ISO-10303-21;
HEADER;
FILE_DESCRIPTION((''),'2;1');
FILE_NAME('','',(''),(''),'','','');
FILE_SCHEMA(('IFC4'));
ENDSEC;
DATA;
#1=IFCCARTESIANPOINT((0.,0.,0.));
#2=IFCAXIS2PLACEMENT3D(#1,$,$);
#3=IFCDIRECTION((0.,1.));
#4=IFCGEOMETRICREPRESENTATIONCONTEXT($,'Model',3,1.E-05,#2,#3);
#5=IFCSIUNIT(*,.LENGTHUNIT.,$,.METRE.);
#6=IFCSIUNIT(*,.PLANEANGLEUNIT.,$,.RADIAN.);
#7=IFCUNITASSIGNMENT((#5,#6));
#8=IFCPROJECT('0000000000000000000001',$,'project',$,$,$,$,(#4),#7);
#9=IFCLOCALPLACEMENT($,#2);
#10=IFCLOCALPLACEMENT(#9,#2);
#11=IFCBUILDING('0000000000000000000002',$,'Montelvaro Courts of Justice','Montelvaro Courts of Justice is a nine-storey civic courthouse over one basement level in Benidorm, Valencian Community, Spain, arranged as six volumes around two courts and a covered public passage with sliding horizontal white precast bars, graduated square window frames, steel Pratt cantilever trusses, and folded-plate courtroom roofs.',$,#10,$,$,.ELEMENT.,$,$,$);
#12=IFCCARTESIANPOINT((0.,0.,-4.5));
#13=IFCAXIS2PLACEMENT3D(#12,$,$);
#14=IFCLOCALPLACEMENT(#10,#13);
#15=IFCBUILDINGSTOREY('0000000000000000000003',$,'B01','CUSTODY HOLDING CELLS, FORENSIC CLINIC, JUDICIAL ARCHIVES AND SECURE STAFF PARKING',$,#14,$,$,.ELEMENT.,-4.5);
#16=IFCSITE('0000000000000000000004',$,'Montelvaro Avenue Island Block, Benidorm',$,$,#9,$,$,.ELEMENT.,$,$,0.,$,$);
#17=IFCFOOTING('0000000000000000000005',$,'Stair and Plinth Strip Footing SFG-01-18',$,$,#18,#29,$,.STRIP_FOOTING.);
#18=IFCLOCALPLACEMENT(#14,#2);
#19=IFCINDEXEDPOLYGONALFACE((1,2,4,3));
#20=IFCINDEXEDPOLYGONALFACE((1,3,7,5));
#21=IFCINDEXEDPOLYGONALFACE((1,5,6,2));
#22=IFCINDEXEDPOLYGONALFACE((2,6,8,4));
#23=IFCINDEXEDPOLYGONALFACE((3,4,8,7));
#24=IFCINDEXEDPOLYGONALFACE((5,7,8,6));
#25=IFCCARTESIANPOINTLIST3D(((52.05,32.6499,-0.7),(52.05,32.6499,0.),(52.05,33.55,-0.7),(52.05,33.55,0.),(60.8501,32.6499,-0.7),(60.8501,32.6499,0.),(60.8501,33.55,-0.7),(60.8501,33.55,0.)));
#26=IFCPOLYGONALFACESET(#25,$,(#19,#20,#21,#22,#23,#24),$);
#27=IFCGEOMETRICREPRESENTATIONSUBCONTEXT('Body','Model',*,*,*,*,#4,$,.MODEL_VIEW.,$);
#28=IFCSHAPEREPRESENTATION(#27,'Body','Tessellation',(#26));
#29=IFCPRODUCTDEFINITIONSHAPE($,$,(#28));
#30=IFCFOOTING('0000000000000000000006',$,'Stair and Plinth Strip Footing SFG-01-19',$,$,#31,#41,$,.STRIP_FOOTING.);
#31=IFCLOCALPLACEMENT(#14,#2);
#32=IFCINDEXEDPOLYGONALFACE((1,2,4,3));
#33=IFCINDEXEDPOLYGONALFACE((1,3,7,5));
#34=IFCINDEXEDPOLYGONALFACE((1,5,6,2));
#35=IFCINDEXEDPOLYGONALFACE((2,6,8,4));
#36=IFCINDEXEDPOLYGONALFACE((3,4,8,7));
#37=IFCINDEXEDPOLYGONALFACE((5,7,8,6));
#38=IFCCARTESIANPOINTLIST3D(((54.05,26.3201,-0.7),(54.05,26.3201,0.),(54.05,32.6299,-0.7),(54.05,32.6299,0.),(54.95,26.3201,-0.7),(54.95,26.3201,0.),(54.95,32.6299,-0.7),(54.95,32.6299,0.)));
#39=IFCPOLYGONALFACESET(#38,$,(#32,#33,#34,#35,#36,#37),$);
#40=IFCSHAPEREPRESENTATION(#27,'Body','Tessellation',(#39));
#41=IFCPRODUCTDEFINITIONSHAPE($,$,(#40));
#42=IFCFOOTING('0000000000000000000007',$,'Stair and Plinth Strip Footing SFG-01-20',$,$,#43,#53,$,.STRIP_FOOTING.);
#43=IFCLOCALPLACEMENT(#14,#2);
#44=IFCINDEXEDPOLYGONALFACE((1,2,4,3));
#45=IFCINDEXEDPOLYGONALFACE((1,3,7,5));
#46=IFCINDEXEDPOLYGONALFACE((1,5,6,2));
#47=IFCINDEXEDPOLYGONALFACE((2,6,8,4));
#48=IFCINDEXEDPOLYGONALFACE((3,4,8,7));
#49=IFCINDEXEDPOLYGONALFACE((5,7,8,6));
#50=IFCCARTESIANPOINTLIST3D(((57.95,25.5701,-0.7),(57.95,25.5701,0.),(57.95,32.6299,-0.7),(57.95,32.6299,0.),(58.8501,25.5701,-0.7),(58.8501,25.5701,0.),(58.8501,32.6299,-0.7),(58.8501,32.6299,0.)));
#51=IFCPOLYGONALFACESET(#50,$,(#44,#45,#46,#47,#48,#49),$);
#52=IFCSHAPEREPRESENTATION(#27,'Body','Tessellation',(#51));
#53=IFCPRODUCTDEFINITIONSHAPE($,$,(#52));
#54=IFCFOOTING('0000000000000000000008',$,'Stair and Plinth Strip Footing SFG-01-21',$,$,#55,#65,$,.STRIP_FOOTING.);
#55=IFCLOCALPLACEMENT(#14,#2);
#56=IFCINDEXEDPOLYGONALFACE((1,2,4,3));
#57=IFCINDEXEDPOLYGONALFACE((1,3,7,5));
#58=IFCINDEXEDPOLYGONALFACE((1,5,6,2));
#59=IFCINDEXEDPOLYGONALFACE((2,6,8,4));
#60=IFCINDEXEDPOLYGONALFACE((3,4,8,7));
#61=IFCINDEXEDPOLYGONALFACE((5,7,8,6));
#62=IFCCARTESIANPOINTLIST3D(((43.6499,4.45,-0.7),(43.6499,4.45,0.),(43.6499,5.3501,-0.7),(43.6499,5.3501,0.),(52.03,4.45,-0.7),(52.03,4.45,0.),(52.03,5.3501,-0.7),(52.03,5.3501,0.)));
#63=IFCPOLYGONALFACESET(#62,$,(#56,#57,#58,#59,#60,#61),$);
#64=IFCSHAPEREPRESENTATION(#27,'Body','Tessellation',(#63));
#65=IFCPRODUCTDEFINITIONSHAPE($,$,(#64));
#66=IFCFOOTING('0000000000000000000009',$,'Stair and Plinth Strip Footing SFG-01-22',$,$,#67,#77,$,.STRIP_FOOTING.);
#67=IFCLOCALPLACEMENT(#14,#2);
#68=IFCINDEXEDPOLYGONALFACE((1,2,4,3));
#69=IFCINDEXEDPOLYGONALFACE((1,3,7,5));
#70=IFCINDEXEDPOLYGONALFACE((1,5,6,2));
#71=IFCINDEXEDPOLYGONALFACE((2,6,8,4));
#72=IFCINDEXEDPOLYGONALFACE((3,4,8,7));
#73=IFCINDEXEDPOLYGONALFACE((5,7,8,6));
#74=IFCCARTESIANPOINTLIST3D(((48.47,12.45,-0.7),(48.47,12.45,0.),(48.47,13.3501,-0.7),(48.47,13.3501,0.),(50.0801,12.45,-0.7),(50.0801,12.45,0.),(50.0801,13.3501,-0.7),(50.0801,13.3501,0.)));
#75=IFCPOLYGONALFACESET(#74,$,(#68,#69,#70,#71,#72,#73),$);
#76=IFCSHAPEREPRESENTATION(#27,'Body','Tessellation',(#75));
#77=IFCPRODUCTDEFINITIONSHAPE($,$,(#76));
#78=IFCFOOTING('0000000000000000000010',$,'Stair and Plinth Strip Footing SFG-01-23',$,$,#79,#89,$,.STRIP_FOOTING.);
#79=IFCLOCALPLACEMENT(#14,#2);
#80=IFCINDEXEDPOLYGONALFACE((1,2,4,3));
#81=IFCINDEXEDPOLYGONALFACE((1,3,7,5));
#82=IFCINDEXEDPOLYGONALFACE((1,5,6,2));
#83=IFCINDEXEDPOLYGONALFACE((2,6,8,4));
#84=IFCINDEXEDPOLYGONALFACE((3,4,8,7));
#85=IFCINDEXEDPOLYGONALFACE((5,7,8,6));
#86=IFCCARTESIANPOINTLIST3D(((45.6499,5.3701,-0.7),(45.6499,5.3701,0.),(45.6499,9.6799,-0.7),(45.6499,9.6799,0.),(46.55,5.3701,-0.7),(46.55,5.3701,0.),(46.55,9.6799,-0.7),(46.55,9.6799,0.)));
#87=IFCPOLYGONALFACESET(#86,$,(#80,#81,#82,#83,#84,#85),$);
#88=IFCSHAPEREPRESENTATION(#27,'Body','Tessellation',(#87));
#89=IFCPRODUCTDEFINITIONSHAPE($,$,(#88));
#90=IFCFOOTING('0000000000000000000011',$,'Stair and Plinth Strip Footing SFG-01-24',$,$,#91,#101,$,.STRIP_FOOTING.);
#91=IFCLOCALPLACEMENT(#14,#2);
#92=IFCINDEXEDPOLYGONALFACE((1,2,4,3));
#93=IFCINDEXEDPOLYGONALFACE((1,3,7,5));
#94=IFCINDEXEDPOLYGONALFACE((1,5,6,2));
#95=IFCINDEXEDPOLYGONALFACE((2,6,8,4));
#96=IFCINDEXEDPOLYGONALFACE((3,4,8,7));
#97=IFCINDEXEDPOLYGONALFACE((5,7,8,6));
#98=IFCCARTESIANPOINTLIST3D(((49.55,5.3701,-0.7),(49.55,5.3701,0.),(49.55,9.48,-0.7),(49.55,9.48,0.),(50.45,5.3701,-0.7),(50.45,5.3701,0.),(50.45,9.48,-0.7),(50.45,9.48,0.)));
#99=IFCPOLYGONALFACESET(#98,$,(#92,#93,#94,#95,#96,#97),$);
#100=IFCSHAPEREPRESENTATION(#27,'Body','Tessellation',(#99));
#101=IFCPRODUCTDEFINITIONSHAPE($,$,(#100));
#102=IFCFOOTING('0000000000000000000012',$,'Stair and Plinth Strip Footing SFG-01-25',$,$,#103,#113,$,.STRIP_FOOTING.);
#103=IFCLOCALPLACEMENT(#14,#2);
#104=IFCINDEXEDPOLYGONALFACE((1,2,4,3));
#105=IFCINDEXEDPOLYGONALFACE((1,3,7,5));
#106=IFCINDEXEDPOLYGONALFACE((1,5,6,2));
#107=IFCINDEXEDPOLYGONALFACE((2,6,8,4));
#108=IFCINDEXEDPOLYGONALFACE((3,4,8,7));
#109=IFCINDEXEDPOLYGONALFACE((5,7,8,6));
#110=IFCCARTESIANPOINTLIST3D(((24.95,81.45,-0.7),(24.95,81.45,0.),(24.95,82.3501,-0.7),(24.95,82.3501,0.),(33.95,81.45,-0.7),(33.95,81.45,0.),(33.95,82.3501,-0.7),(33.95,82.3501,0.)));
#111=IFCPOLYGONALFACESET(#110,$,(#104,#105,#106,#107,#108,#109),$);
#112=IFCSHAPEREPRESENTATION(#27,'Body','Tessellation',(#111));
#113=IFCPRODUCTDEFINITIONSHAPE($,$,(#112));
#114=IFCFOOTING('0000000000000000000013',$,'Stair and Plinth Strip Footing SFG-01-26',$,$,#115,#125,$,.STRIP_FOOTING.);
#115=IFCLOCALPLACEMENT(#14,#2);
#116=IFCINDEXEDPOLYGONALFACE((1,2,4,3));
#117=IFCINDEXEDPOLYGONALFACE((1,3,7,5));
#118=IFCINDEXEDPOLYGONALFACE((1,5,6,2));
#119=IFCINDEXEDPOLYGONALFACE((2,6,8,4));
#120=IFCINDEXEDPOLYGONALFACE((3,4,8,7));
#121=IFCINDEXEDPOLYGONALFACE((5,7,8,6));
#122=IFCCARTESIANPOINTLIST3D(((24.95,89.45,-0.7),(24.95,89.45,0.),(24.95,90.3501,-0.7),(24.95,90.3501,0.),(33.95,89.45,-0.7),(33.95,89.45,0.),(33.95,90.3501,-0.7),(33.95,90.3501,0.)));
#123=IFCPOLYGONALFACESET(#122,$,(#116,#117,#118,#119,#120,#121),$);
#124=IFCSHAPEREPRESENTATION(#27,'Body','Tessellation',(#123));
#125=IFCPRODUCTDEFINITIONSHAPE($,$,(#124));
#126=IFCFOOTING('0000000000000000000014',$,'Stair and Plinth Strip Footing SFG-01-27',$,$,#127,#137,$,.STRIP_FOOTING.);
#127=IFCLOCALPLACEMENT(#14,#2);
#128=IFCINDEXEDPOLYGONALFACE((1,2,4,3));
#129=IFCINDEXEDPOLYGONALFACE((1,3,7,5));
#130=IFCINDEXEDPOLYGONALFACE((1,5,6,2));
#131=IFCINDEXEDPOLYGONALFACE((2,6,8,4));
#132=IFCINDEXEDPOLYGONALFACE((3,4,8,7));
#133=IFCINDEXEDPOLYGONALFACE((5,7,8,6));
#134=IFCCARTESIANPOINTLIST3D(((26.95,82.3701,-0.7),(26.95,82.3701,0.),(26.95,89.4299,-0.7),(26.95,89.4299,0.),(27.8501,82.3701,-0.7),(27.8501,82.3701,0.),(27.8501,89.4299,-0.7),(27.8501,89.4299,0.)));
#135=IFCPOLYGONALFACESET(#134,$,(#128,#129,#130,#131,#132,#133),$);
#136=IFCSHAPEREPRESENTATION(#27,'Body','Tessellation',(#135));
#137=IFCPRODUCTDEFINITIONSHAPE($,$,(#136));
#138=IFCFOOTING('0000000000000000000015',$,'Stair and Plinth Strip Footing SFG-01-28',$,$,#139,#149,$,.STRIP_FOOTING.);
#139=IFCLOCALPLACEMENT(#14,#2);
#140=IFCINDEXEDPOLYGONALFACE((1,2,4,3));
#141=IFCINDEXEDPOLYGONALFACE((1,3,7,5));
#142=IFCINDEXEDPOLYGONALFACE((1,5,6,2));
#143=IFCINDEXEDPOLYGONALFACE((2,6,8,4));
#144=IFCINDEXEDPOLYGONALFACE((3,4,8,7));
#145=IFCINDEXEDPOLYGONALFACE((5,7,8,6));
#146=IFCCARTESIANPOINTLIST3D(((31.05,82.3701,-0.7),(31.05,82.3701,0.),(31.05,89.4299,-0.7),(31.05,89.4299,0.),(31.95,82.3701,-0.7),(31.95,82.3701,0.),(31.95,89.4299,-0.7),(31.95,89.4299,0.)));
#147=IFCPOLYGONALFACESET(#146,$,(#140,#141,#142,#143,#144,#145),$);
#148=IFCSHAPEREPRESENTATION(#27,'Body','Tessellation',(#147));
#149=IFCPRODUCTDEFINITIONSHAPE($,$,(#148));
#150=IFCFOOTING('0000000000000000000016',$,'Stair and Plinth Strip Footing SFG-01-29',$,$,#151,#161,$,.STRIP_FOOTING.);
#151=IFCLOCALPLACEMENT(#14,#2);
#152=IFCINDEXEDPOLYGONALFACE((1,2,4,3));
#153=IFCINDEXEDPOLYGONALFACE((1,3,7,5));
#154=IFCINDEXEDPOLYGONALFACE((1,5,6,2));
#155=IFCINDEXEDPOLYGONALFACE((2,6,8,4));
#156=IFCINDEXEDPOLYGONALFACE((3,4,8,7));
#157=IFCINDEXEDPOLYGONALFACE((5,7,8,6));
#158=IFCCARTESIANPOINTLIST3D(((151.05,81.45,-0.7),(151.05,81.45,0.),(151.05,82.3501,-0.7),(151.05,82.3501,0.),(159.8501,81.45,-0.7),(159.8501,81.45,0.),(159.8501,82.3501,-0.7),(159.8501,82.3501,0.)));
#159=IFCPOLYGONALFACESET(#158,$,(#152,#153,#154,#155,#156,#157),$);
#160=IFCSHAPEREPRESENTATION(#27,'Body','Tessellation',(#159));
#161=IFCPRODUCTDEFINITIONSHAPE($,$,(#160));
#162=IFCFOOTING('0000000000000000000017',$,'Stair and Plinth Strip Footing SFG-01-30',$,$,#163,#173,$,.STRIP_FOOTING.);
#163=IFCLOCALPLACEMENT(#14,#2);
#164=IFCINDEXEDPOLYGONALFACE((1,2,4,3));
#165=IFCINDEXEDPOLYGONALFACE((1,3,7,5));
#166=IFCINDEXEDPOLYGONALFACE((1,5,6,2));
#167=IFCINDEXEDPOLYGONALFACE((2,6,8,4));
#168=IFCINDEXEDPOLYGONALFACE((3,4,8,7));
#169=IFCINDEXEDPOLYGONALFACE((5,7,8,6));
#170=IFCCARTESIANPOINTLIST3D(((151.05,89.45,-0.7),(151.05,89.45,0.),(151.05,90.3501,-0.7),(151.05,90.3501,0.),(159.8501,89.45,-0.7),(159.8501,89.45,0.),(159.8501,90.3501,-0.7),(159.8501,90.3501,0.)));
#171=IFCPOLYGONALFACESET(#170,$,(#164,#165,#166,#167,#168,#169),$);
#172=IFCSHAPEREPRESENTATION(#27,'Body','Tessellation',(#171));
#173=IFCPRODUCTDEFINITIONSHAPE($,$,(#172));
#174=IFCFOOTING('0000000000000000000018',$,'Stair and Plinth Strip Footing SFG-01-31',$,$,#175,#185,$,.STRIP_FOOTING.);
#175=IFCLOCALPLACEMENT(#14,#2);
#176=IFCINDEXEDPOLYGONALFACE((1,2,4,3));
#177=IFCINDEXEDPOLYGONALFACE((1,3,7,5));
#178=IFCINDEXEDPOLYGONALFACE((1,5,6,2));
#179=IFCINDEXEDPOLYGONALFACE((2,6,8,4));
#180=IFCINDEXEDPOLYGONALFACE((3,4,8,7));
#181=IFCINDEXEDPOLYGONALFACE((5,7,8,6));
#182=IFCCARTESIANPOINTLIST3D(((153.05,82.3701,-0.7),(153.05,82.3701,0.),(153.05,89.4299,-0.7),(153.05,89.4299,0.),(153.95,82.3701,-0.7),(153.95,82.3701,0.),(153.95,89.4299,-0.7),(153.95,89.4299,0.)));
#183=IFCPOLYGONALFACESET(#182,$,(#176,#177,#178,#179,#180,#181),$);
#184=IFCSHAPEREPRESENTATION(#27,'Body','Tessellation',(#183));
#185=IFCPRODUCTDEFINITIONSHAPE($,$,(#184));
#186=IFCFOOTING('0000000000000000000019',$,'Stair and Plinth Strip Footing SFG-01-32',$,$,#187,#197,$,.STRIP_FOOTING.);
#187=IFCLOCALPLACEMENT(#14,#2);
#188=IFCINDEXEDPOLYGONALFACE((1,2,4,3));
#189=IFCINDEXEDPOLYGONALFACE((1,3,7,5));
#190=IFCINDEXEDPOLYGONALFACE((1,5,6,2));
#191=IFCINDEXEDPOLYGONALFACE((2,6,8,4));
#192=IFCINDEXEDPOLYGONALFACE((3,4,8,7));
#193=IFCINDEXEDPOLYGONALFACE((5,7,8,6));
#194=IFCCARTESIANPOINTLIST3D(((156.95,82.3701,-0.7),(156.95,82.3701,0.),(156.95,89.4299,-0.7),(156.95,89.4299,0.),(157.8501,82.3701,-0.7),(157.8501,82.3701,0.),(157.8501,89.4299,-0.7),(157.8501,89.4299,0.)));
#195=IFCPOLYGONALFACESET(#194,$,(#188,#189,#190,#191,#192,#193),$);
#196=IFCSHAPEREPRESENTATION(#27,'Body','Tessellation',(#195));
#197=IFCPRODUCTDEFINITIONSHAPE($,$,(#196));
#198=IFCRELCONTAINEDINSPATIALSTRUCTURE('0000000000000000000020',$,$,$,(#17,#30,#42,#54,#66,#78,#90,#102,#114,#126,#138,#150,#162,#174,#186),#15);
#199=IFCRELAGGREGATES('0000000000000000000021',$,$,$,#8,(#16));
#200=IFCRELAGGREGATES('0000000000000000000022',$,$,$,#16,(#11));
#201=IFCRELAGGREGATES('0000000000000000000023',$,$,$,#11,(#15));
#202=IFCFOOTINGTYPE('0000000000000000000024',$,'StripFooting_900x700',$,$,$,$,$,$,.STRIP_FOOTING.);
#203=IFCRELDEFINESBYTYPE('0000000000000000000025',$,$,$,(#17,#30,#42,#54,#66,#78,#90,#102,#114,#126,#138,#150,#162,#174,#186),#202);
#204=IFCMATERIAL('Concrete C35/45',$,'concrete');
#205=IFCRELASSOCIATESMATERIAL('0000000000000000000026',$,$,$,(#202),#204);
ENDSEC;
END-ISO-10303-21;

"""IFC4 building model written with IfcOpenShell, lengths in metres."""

from ifc_helpers import new_model, si_unit, direction, frame, origin, place, context, subcontext, project, spatial, polyline, outline, extrude, material, type_object, element, save


model = new_model("IFC4")

# Units and contexts
model_context = context("Model", 3, precision=1e-05, world=origin(), true_north=direction((0.0, 1.0)))
body_context = subcontext(model_context, "Body", "Model", "MODEL_VIEW")
ifc_project = project(units=[si_unit("LENGTHUNIT", "METRE"), si_unit("PLANEANGLEUNIT", "RADIAN")], contexts=[model_context])

# Site, building, storey
site_placement = place(None, origin())
site = spatial("IfcSite", under=ifc_project, at=site_placement, Name="Montelvaro Avenue Island Block, Benidorm", CompositionType="ELEMENT", RefElevation=0.0)
building_placement = place(site_placement, origin())
building = spatial("IfcBuilding", under=site, at=building_placement, Name="Montelvaro Courts of Justice", Description="Montelvaro Courts of Justice is a nine-storey civic courthouse over one basement level in Benidorm, Valencian Community, Spain, arranged as six volumes around two courts and a covered public passage with sliding horizontal white precast bars, graduated square window frames, steel Pratt cantilever trusses, and folded-plate courtroom roofs.", CompositionType="ELEMENT")
storey_placement = place(building_placement, frame((0.0, 0.0, -4.5)))
storey = spatial("IfcBuildingStorey", under=building, at=storey_placement, Name="B01", Description="CUSTODY HOLDING CELLS, FORENSIC CLINIC, JUDICIAL ARCHIVES AND SECURE STAFF PARKING", CompositionType="ELEMENT", Elevation=-4.5)

# Footings
ifc_material_1 = material(Name="Concrete C35/45", Category="concrete")
footing_type = type_object("IfcFootingType", Name="StripFooting_900x700", PredefinedType="STRIP_FOOTING", material=ifc_material_1)
footing_1_placement = place(storey_placement, frame((0.0, 0.0, -0.7)))
element("IfcFooting", 1, at=footing_1_placement, inside=storey, type_object=footing_type, Name="Stair and Plinth Strip Footing SFG-01-18", PredefinedType="STRIP_FOOTING", context=body_context, shape_type="SweptSolid", body=[
    extrude(outline(polyline([(52.05, 32.6499), (60.8501, 32.6499), (60.8501, 33.55), (52.05, 33.55), (52.05, 32.6499)])), origin(), (0.0, 0.0, 1.0), 0.7),
])
footing_2_placement = place(storey_placement, frame((0.0, 0.0, -0.7)))
element("IfcFooting", 2, at=footing_2_placement, inside=storey, type_object=footing_type, Name="Stair and Plinth Strip Footing SFG-01-19", PredefinedType="STRIP_FOOTING", context=body_context, shape_type="SweptSolid", body=[
    extrude(outline(polyline([(54.05, 26.3201), (54.95, 26.3201), (54.95, 32.6299), (54.05, 32.6299), (54.05, 26.3201)])), origin(), (0.0, 0.0, 1.0), 0.7),
])
footing_3_placement = place(storey_placement, frame((0.0, 0.0, -0.7)))
element("IfcFooting", 3, at=footing_3_placement, inside=storey, type_object=footing_type, Name="Stair and Plinth Strip Footing SFG-01-20", PredefinedType="STRIP_FOOTING", context=body_context, shape_type="SweptSolid", body=[
    extrude(outline(polyline([(57.95, 25.5701), (58.8501, 25.5701), (58.8501, 32.6299), (57.95, 32.6299), (57.95, 25.5701)])), origin(), (0.0, 0.0, 1.0), 0.7),
])
footing_4_placement = place(storey_placement, frame((0.0, 0.0, -0.7)))
element("IfcFooting", 4, at=footing_4_placement, inside=storey, type_object=footing_type, Name="Stair and Plinth Strip Footing SFG-01-21", PredefinedType="STRIP_FOOTING", context=body_context, shape_type="SweptSolid", body=[
    extrude(outline(polyline([(43.6499, 4.45), (52.03, 4.45), (52.03, 5.3501), (43.6499, 5.3501), (43.6499, 4.45)])), origin(), (0.0, 0.0, 1.0), 0.7),
])
footing_5_placement = place(storey_placement, frame((0.0, 0.0, -0.7)))
element("IfcFooting", 5, at=footing_5_placement, inside=storey, type_object=footing_type, Name="Stair and Plinth Strip Footing SFG-01-22", PredefinedType="STRIP_FOOTING", context=body_context, shape_type="SweptSolid", body=[
    extrude(outline(polyline([(48.47, 12.45), (50.0801, 12.45), (50.0801, 13.3501), (48.47, 13.3501), (48.47, 12.45)])), origin(), (0.0, 0.0, 1.0), 0.7),
])
footing_6_placement = place(storey_placement, frame((0.0, 0.0, -0.7)))
element("IfcFooting", 6, at=footing_6_placement, inside=storey, type_object=footing_type, Name="Stair and Plinth Strip Footing SFG-01-23", PredefinedType="STRIP_FOOTING", context=body_context, shape_type="SweptSolid", body=[
    extrude(outline(polyline([(45.6499, 5.3701), (46.55, 5.3701), (46.55, 9.6799), (45.6499, 9.6799), (45.6499, 5.3701)])), origin(), (0.0, 0.0, 1.0), 0.7),
])
footing_7_placement = place(storey_placement, frame((0.0, 0.0, -0.7)))
element("IfcFooting", 7, at=footing_7_placement, inside=storey, type_object=footing_type, Name="Stair and Plinth Strip Footing SFG-01-24", PredefinedType="STRIP_FOOTING", context=body_context, shape_type="SweptSolid", body=[
    extrude(outline(polyline([(49.55, 5.3701), (50.45, 5.3701), (50.45, 9.48), (49.55, 9.48), (49.55, 5.3701)])), origin(), (0.0, 0.0, 1.0), 0.7),
])
footing_8_placement = place(storey_placement, frame((0.0, 0.0, -0.7)))
element("IfcFooting", 8, at=footing_8_placement, inside=storey, type_object=footing_type, Name="Stair and Plinth Strip Footing SFG-01-25", PredefinedType="STRIP_FOOTING", context=body_context, shape_type="SweptSolid", body=[
    extrude(outline(polyline([(24.95, 81.45), (33.95, 81.45), (33.95, 82.3501), (24.95, 82.3501), (24.95, 81.45)])), origin(), (0.0, 0.0, 1.0), 0.7),
])
footing_9_placement = place(storey_placement, frame((0.0, 0.0, -0.7)))
element("IfcFooting", 9, at=footing_9_placement, inside=storey, type_object=footing_type, Name="Stair and Plinth Strip Footing SFG-01-26", PredefinedType="STRIP_FOOTING", context=body_context, shape_type="SweptSolid", body=[
    extrude(outline(polyline([(24.95, 89.45), (33.95, 89.45), (33.95, 90.3501), (24.95, 90.3501), (24.95, 89.45)])), origin(), (0.0, 0.0, 1.0), 0.7),
])
footing_10_placement = place(storey_placement, frame((0.0, 0.0, -0.7)))
element("IfcFooting", 10, at=footing_10_placement, inside=storey, type_object=footing_type, Name="Stair and Plinth Strip Footing SFG-01-27", PredefinedType="STRIP_FOOTING", context=body_context, shape_type="SweptSolid", body=[
    extrude(outline(polyline([(26.95, 82.3701), (27.8501, 82.3701), (27.8501, 89.4299), (26.95, 89.4299), (26.95, 82.3701)])), origin(), (0.0, 0.0, 1.0), 0.7),
])
footing_11_placement = place(storey_placement, frame((0.0, 0.0, -0.7)))
element("IfcFooting", 11, at=footing_11_placement, inside=storey, type_object=footing_type, Name="Stair and Plinth Strip Footing SFG-01-28", PredefinedType="STRIP_FOOTING", context=body_context, shape_type="SweptSolid", body=[
    extrude(outline(polyline([(31.05, 82.3701), (31.95, 82.3701), (31.95, 89.4299), (31.05, 89.4299), (31.05, 82.3701)])), origin(), (0.0, 0.0, 1.0), 0.7),
])
footing_12_placement = place(storey_placement, frame((0.0, 0.0, -0.7)))
element("IfcFooting", 12, at=footing_12_placement, inside=storey, type_object=footing_type, Name="Stair and Plinth Strip Footing SFG-01-29", PredefinedType="STRIP_FOOTING", context=body_context, shape_type="SweptSolid", body=[
    extrude(outline(polyline([(151.05, 81.45), (159.8501, 81.45), (159.8501, 82.3501), (151.05, 82.3501), (151.05, 81.45)])), origin(), (0.0, 0.0, 1.0), 0.7),
])
footing_13_placement = place(storey_placement, frame((0.0, 0.0, -0.7)))
element("IfcFooting", 13, at=footing_13_placement, inside=storey, type_object=footing_type, Name="Stair and Plinth Strip Footing SFG-01-30", PredefinedType="STRIP_FOOTING", context=body_context, shape_type="SweptSolid", body=[
    extrude(outline(polyline([(151.05, 89.45), (159.8501, 89.45), (159.8501, 90.3501), (151.05, 90.3501), (151.05, 89.45)])), origin(), (0.0, 0.0, 1.0), 0.7),
])
footing_14_placement = place(storey_placement, frame((0.0, 0.0, -0.7)))
element("IfcFooting", 14, at=footing_14_placement, inside=storey, type_object=footing_type, Name="Stair and Plinth Strip Footing SFG-01-31", PredefinedType="STRIP_FOOTING", context=body_context, shape_type="SweptSolid", body=[
    extrude(outline(polyline([(153.05, 82.3701), (153.95, 82.3701), (153.95, 89.4299), (153.05, 89.4299), (153.05, 82.3701)])), origin(), (0.0, 0.0, 1.0), 0.7),
])
footing_15_placement = place(storey_placement, frame((0.0, 0.0, -0.7)))
element("IfcFooting", 15, at=footing_15_placement, inside=storey, type_object=footing_type, Name="Stair and Plinth Strip Footing SFG-01-32", PredefinedType="STRIP_FOOTING", context=body_context, shape_type="SweptSolid", body=[
    extrude(outline(polyline([(156.95, 82.3701), (157.8501, 82.3701), (157.8501, 89.4299), (156.95, 89.4299), (156.95, 82.3701)])), origin(), (0.0, 0.0, 1.0), 0.7),
])

save(model, "model.ifc")
